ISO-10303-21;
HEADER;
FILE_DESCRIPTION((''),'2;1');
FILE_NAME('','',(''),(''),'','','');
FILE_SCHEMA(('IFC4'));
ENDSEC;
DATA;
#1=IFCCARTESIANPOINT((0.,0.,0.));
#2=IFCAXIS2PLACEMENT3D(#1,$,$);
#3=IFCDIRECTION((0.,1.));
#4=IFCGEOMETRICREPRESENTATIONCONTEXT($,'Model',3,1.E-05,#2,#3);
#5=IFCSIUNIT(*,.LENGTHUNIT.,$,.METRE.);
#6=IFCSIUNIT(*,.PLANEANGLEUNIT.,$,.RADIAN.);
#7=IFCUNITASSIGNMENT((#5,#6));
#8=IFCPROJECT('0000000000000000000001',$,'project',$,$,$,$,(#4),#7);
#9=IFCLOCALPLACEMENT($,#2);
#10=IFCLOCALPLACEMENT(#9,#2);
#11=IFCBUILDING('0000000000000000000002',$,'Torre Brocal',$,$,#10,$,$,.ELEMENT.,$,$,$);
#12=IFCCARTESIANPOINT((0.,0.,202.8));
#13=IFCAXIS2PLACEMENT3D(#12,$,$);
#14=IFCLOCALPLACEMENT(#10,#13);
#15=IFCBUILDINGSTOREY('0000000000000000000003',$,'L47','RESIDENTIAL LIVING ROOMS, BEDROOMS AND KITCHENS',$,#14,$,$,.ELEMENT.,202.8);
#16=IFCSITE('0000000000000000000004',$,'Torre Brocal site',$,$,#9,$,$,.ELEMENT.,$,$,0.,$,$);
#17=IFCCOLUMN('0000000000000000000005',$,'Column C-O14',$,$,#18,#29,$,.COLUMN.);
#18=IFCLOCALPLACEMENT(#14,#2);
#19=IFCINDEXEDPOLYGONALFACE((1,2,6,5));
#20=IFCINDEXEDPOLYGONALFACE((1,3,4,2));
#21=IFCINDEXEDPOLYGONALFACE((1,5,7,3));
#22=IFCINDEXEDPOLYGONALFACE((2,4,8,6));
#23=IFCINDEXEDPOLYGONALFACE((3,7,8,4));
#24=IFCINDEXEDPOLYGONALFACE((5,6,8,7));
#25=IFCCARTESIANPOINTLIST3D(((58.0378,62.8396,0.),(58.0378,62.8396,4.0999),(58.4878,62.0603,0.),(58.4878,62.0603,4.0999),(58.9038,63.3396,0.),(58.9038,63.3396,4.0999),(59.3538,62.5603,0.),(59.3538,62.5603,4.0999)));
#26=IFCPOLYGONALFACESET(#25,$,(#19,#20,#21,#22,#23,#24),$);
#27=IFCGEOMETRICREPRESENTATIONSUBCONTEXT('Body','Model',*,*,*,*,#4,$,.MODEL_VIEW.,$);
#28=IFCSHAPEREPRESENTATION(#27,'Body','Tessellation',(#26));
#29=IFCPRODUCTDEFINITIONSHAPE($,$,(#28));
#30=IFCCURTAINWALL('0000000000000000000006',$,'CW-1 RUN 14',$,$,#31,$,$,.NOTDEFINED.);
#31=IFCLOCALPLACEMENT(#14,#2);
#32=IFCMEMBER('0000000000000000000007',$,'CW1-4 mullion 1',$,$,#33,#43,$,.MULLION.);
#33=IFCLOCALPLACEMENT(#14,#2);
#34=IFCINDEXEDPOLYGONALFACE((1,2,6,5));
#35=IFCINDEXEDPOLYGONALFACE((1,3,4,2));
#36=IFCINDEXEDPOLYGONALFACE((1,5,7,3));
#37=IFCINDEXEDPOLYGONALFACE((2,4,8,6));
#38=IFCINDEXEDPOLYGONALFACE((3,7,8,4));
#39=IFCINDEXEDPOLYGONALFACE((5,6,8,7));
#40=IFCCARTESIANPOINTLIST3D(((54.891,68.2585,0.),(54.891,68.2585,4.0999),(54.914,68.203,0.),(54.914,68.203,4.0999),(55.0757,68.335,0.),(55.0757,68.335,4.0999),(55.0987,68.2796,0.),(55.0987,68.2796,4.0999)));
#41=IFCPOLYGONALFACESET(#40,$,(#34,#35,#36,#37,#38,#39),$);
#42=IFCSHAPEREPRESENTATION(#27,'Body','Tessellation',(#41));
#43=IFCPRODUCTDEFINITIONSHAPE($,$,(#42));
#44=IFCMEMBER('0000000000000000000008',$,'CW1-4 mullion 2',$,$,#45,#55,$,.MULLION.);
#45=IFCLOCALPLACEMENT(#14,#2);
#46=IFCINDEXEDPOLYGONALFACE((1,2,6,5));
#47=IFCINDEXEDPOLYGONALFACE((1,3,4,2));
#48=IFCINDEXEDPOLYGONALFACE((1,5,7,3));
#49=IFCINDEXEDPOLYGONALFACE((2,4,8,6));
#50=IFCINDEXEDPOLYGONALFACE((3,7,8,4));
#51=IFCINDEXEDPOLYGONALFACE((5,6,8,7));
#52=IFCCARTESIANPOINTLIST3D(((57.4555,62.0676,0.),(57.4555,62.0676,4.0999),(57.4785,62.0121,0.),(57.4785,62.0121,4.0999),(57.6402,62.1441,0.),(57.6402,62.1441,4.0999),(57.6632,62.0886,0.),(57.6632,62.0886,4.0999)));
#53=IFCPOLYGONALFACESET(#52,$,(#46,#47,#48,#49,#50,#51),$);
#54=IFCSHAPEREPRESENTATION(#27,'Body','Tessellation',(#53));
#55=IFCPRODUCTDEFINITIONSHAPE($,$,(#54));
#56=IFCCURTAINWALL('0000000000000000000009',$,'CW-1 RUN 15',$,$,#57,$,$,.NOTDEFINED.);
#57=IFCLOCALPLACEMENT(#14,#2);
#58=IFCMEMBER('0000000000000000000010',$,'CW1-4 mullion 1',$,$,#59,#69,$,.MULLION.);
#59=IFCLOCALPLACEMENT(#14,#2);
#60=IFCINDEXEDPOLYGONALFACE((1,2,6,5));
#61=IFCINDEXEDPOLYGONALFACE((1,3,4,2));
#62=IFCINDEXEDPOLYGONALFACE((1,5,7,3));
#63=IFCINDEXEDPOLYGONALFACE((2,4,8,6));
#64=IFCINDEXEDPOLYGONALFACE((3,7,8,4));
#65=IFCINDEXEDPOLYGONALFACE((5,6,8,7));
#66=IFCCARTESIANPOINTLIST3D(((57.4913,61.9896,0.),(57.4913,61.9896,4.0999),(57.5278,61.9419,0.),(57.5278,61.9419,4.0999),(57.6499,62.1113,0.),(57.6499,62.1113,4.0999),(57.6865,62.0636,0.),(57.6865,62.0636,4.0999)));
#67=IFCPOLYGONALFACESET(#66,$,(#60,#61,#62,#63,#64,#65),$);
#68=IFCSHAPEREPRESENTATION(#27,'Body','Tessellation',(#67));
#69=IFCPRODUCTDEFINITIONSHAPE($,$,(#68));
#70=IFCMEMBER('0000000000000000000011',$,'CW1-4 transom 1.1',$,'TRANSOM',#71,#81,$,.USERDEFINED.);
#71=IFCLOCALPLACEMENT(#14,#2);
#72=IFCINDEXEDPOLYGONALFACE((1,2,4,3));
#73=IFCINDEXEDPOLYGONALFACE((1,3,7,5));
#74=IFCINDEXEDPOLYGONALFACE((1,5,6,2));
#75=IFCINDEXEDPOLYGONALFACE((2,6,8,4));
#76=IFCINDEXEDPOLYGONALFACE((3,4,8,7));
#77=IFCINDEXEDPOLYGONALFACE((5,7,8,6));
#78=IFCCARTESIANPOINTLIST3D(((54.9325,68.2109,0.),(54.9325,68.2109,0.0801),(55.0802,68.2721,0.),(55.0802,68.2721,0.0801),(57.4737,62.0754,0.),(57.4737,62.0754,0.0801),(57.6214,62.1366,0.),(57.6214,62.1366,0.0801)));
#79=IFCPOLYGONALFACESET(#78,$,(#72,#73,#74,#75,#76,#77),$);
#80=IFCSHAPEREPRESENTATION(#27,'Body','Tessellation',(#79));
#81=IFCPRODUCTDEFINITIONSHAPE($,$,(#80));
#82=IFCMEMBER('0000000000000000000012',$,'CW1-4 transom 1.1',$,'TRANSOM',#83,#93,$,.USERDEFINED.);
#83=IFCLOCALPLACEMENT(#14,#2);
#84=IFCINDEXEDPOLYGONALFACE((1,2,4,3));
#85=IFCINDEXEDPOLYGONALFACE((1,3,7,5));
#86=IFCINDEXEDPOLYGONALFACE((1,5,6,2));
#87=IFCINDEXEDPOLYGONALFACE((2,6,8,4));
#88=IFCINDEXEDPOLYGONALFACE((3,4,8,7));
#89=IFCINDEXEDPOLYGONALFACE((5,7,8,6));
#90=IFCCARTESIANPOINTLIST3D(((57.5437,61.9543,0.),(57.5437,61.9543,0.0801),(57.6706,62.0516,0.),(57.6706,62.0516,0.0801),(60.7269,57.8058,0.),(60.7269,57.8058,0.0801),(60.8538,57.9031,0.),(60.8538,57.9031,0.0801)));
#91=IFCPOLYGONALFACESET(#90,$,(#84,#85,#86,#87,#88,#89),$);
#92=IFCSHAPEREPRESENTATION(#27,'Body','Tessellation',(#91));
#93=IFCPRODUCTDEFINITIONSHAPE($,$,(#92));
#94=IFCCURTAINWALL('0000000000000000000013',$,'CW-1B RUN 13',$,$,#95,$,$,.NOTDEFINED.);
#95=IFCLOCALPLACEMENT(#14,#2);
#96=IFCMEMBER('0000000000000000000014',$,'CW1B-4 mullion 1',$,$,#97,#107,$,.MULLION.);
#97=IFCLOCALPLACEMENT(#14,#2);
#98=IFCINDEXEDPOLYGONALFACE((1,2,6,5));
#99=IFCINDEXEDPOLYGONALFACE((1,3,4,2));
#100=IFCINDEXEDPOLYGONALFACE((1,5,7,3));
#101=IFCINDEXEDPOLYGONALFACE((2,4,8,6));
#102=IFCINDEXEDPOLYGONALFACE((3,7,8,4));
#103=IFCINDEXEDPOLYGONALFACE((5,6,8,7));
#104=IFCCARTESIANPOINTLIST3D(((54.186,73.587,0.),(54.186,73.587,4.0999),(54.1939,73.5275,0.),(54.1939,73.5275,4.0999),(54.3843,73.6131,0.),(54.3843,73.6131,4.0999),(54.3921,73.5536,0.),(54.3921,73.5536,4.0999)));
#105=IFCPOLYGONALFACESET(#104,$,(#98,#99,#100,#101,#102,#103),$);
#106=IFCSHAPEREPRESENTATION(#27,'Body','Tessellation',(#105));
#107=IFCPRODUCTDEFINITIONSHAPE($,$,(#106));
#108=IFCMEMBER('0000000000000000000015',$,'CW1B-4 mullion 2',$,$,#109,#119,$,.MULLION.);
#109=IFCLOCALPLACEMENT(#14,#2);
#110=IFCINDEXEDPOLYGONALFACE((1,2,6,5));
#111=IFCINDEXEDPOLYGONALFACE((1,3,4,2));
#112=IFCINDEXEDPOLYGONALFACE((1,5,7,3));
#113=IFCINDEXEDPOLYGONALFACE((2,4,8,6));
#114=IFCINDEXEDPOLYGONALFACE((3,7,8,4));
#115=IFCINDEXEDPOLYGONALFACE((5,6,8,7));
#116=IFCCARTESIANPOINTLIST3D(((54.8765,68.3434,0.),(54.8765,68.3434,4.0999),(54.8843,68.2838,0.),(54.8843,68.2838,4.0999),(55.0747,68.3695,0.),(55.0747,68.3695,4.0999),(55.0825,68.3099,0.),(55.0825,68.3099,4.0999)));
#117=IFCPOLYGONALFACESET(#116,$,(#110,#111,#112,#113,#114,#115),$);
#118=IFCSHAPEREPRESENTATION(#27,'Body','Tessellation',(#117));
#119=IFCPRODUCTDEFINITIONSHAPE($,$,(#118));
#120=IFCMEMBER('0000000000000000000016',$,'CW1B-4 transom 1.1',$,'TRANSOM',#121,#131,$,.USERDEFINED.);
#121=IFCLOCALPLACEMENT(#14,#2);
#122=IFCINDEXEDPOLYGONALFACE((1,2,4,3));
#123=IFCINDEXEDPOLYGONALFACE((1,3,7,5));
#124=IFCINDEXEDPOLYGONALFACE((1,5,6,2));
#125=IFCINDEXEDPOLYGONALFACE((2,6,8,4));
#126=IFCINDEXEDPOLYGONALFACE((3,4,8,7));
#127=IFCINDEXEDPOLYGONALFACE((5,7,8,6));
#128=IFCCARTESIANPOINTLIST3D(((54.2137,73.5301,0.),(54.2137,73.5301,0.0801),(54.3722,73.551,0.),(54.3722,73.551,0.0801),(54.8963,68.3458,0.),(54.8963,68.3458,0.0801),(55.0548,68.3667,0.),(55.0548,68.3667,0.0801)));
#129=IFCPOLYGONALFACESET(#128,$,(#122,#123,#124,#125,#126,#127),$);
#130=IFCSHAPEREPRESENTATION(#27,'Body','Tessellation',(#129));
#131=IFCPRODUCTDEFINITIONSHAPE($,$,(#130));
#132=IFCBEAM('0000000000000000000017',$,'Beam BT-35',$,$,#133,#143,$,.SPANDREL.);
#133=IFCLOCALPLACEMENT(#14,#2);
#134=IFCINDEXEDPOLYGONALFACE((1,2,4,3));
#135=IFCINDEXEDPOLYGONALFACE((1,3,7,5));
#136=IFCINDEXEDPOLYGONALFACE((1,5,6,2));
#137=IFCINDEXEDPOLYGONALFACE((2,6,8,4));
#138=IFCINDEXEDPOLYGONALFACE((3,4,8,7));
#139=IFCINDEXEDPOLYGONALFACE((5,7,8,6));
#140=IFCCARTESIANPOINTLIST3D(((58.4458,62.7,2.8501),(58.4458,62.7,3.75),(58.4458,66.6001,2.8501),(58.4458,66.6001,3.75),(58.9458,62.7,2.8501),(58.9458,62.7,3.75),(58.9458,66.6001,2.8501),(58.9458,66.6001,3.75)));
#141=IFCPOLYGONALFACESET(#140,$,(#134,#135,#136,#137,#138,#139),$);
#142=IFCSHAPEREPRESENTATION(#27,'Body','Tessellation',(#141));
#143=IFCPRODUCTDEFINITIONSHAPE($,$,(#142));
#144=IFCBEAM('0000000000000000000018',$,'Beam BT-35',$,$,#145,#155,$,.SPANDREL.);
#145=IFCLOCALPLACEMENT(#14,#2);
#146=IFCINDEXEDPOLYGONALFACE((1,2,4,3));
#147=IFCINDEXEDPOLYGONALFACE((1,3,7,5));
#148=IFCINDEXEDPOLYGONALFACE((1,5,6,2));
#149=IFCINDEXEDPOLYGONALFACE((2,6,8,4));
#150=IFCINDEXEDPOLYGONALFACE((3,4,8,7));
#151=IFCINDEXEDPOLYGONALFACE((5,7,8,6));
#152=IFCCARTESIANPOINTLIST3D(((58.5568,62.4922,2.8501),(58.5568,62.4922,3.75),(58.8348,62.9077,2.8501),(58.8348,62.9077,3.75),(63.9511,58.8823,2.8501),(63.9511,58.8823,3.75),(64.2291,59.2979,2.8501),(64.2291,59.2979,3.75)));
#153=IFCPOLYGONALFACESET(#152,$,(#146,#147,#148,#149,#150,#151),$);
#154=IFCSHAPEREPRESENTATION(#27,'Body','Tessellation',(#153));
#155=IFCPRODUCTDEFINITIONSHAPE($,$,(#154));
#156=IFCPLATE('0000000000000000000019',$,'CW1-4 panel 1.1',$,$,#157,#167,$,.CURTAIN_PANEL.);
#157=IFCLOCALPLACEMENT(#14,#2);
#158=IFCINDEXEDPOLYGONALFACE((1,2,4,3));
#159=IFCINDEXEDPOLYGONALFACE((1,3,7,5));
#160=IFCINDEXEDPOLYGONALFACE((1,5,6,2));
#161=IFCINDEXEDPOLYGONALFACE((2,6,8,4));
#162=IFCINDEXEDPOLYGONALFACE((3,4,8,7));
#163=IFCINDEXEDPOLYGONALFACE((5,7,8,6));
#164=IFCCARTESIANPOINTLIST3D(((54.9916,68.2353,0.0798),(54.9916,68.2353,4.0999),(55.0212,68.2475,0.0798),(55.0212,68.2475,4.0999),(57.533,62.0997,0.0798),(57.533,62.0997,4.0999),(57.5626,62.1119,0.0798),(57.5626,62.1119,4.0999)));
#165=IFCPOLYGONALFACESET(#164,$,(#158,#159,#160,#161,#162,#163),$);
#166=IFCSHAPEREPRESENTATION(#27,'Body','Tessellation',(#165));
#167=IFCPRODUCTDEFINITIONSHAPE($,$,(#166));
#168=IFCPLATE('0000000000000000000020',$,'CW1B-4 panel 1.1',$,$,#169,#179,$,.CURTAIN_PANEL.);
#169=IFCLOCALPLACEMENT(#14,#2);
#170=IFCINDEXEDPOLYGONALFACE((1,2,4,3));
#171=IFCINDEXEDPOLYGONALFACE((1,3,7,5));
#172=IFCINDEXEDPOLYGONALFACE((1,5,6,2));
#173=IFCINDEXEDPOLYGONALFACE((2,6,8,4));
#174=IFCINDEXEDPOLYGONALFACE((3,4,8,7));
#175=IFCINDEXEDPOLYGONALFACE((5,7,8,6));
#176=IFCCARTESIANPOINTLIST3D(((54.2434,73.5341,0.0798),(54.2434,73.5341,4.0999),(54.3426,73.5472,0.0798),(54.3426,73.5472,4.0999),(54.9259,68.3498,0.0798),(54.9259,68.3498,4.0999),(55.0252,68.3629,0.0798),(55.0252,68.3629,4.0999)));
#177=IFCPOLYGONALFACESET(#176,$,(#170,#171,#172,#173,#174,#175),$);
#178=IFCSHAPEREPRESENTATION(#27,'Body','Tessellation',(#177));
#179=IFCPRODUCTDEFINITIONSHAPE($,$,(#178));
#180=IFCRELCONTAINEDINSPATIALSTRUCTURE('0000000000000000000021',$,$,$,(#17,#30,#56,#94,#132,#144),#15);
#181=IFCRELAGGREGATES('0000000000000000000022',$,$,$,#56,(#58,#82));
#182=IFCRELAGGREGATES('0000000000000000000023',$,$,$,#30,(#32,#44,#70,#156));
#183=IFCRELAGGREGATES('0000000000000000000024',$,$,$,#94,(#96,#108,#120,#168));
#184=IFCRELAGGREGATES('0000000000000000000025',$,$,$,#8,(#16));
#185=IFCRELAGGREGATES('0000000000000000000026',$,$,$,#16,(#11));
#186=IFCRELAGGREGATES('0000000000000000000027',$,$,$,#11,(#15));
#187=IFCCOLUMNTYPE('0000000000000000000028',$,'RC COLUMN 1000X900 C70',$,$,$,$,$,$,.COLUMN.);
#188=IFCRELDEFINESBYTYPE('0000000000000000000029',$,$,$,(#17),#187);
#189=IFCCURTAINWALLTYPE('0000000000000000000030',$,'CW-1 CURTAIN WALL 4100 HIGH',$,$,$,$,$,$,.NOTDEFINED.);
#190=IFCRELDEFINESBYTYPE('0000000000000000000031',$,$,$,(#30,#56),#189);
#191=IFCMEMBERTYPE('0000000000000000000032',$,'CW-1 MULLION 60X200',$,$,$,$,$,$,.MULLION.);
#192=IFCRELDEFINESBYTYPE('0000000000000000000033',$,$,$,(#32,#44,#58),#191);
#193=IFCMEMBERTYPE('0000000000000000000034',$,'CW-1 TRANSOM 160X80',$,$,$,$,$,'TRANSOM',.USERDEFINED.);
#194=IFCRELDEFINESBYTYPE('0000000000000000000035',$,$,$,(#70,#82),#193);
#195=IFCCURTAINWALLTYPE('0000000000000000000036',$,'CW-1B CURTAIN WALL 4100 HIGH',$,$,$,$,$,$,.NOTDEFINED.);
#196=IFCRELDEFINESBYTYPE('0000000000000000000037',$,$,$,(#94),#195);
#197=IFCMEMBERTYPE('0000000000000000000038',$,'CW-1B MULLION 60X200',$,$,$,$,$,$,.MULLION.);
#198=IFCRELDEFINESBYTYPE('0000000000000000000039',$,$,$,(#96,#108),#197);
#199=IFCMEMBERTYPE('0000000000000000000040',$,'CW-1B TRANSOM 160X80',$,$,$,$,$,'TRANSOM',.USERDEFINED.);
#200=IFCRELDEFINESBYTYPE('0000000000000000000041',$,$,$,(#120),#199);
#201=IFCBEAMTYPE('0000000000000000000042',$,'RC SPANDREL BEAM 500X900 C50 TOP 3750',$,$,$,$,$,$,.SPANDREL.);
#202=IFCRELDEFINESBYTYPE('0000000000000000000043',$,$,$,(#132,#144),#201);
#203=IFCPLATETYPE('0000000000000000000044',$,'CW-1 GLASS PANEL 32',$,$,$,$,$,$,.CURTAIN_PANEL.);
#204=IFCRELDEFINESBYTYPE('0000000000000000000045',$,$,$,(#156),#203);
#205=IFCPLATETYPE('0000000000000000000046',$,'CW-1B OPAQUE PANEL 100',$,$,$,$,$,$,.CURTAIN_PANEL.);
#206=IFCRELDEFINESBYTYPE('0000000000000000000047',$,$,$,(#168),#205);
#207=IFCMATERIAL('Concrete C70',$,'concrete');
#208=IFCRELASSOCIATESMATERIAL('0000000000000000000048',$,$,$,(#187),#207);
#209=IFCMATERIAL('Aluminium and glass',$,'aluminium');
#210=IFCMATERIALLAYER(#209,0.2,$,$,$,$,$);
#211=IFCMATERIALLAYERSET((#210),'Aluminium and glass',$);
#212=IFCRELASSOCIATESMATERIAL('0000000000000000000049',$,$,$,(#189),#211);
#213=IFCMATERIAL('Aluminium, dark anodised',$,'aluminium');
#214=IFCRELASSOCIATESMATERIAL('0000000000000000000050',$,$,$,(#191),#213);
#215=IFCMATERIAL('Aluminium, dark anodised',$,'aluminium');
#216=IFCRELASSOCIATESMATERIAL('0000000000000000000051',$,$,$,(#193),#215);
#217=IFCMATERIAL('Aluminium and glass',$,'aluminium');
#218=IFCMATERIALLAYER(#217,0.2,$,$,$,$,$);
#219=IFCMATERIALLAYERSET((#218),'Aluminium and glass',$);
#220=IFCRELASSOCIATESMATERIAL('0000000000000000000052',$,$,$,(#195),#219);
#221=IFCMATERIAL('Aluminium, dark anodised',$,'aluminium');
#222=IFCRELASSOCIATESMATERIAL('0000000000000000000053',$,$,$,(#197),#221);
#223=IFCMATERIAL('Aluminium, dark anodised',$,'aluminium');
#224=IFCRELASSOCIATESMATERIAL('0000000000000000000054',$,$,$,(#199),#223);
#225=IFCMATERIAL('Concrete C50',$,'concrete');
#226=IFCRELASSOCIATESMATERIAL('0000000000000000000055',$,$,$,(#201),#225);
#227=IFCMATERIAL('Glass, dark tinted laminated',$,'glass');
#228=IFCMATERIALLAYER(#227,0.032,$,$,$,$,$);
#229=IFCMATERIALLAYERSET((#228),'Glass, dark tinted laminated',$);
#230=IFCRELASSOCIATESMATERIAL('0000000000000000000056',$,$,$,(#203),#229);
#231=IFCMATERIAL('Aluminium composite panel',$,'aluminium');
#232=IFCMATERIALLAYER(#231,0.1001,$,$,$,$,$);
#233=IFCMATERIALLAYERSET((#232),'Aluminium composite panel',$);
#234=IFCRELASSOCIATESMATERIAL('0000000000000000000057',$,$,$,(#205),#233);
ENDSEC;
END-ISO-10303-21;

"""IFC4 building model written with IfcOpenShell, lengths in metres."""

from ifc_helpers import new_model, si_unit, direction, frame, origin, origin_2d, place, context, subcontext, project, spatial, rectangle, extrude, material, layer, layer_set, material_profile, profile_set, type_object, element, aggregate, save


model = new_model("IFC4")

# Units and contexts
model_context = context("Model", 3, precision=1e-05, world=origin(), true_north=direction((0.0, 1.0)))
body_context = subcontext(model_context, "Body", "Model", "MODEL_VIEW")
ifc_project = project(units=[si_unit("LENGTHUNIT", "METRE"), si_unit("PLANEANGLEUNIT", "RADIAN")], contexts=[model_context])

# Site, building, storey
site_placement = place(None, origin())
site = spatial("IfcSite", under=ifc_project, at=site_placement, Name="Torre Brocal site", CompositionType="ELEMENT", RefElevation=0.0)
building_placement = place(site_placement, origin())
building = spatial("IfcBuilding", under=site, at=building_placement, Name="Torre Brocal", CompositionType="ELEMENT")
storey_placement = place(building_placement, frame((0.0, 0.0, 202.8)))
storey = spatial("IfcBuildingStorey", under=building, at=storey_placement, Name="L47", Description="RESIDENTIAL LIVING ROOMS, BEDROOMS AND KITCHENS", CompositionType="ELEMENT", Elevation=202.8)

# Column
ifc_material_1 = material(Name="Concrete C70", Category="concrete")
ifc_material_profile_1 = material_profile(ifc_material_1, rectangle(XDim=1.0, YDim=0.8999, at=origin_2d()), Name="RC 1000X900")
ifc_profile_set_1 = profile_set([ifc_material_profile_1], Name="Concrete C70")
column_type = type_object("IfcColumnType", Name="RC COLUMN 1000X900 C70", PredefinedType="COLUMN", material=ifc_profile_set_1)
column_placement = place(storey_placement, frame((58.6958, 62.7, 0.0), z_axis=(0.0, 0.0, 1.0), x_axis=(-0.866025, -0.5, 0.0)))
element("IfcColumn", 1, at=column_placement, inside=storey, type_object=column_type, Name="Column C-O14", PredefinedType="COLUMN", context=body_context, shape_type="SweptSolid", body=[
    extrude(rectangle(XDim=1.0, YDim=0.8999, at=origin_2d()), origin(), (0.0, 0.0, 1.0), 4.0999),
])

# Curtain wall, members
ifc_material_2 = material(Name="Aluminium and glass", Category="aluminium")
ifc_layer_1 = layer(ifc_material_2, 0.2)
ifc_layer_set_1 = layer_set([ifc_layer_1], Name="Aluminium and glass")
curtain_wall_type_1 = type_object("IfcCurtainWallType", Name="CW-1 CURTAIN WALL 4100 HIGH", PredefinedType="NOTDEFINED", material=ifc_layer_set_1)
curtain_wall_1_placement = place(storey_placement, origin())
curtain_wall_1 = element("IfcCurtainWall", 2, at=curtain_wall_1_placement, inside=storey, type_object=curtain_wall_type_1, Name="CW-1 RUN 14", PredefinedType="NOTDEFINED")
ifc_material_3 = material(Name="Aluminium, dark anodised", Category="aluminium")
ifc_material_profile_2 = material_profile(ifc_material_3, rectangle(XDim=0.2, YDim=0.0601, at=origin_2d()), Name="CW-1 MULLION 60X200")
ifc_profile_set_2 = profile_set([ifc_material_profile_2], Name="Aluminium, dark anodised")
member_type_1 = type_object("IfcMemberType", Name="CW-1 MULLION 60X200", PredefinedType="MULLION", material=ifc_profile_set_2)
member_1_placement = place(storey_placement, frame((54.9949, 68.269, 0.0), z_axis=(0.0, 0.0, 1.0), x_axis=(0.92388, 0.382683, 0.0)))
member_1 = element("IfcMember", 3, at=member_1_placement, type_object=member_type_1, Name="CW1-4 mullion 1", PredefinedType="MULLION", context=body_context, shape_type="SweptSolid", body=[
    extrude(rectangle(XDim=0.2, YDim=0.0601, at=origin_2d()), origin(), (0.0, 0.0, 1.0), 4.0999),
])
member_2_placement = place(storey_placement, frame((57.5593, 62.0781, 0.0), z_axis=(0.0, 0.0, 1.0), x_axis=(0.92388, 0.382683, 0.0)))
member_2 = element("IfcMember", 4, at=member_2_placement, type_object=member_type_1, Name="CW1-4 mullion 2", PredefinedType="MULLION", context=body_context, shape_type="SweptSolid", body=[
    extrude(rectangle(XDim=0.2, YDim=0.0601, at=origin_2d()), origin(), (0.0, 0.0, 1.0), 4.0999),
])

# Curtain wall, member
curtain_wall_2_placement = place(storey_placement, origin())
curtain_wall_2 = element("IfcCurtainWall", 5, at=curtain_wall_2_placement, inside=storey, type_object=curtain_wall_type_1, Name="CW-1 RUN 15", PredefinedType="NOTDEFINED")
member_3_placement = place(storey_placement, frame((57.5889, 62.0266, 0.0), z_axis=(0.0, 0.0, 1.0), x_axis=(0.793353, 0.608761, 0.0)))
member_3 = element("IfcMember", 6, at=member_3_placement, type_object=member_type_1, Name="CW1-4 mullion 1", PredefinedType="MULLION", context=body_context, shape_type="SweptSolid", body=[
    extrude(rectangle(XDim=0.2, YDim=0.0601, at=origin_2d()), origin(), (0.0, 0.0, 1.0), 4.0999),
])

# Members
ifc_material_4 = material(Name="Aluminium, dark anodised", Category="aluminium")
ifc_material_profile_3 = material_profile(ifc_material_4, rectangle(XDim=0.1599, YDim=0.0801, at=origin_2d()), Name="CW-1 TRANSOM 160X80")
ifc_profile_set_3 = profile_set([ifc_material_profile_3], Name="Aluminium, dark anodised")
member_type_2 = type_object("IfcMemberType", Name="CW-1 TRANSOM 160X80", ElementType="TRANSOM", PredefinedType="USERDEFINED", material=ifc_profile_set_3)
member_4_placement = place(storey_placement, frame((55.0063, 68.2415, 0.04), z_axis=(0.382665, -0.923887, 0.0), x_axis=(0.923887, 0.382665, 0.0)))
member_4 = element("IfcMember", 7, at=member_4_placement, type_object=member_type_2, Name="CW1-4 transom 1.1", ObjectType="TRANSOM", PredefinedType="USERDEFINED", context=body_context, shape_type="SweptSolid", body=[
    extrude(rectangle(XDim=0.1599, YDim=0.0801, at=origin_2d()), origin(), (0.0, 0.0, 1.0), 6.6409),
])
member_5_placement = place(storey_placement, frame((57.6072, 62.0029, 0.04), z_axis=(0.608749, -0.793363, 0.0), x_axis=(0.793363, 0.608749, 0.0)))
member_5 = element("IfcMember", 8, at=member_5_placement, type_object=member_type_2, Name="CW1-4 transom 1.1", ObjectType="TRANSOM", PredefinedType="USERDEFINED", context=body_context, shape_type="SweptSolid", body=[
    extrude(rectangle(XDim=0.1599, YDim=0.0801, at=origin_2d()), origin(), (0.0, 0.0, 1.0), 5.229),
])
aggregate(curtain_wall_2, [member_3, member_5])

# Curtain wall, members
ifc_material_5 = material(Name="Aluminium and glass", Category="aluminium")
ifc_layer_2 = layer(ifc_material_5, 0.2)
ifc_layer_set_2 = layer_set([ifc_layer_2], Name="Aluminium and glass")
curtain_wall_type_2 = type_object("IfcCurtainWallType", Name="CW-1B CURTAIN WALL 4100 HIGH", PredefinedType="NOTDEFINED", material=ifc_layer_set_2)
curtain_wall_3_placement = place(storey_placement, origin())
curtain_wall_3 = element("IfcCurtainWall", 9, at=curtain_wall_3_placement, inside=storey, type_object=curtain_wall_type_2, Name="CW-1B RUN 13", PredefinedType="NOTDEFINED")
ifc_material_6 = material(Name="Aluminium, dark anodised", Category="aluminium")
ifc_material_profile_4 = material_profile(ifc_material_6, rectangle(XDim=0.2, YDim=0.0601, at=origin_2d()), Name="CW-1B MULLION 60X200")
ifc_profile_set_4 = profile_set([ifc_material_profile_4], Name="Aluminium, dark anodised")
member_type_3 = type_object("IfcMemberType", Name="CW-1B MULLION 60X200", PredefinedType="MULLION", material=ifc_profile_set_4)
member_6_placement = place(storey_placement, frame((54.2891, 73.5703, 0.0), z_axis=(0.0, 0.0, 1.0), x_axis=(0.991445, 0.130526, 0.0)))
member_6 = element("IfcMember", 10, at=member_6_placement, type_object=member_type_3, Name="CW1B-4 mullion 1", PredefinedType="MULLION", context=body_context, shape_type="SweptSolid", body=[
    extrude(rectangle(XDim=0.2, YDim=0.0601, at=origin_2d()), origin(), (0.0, 0.0, 1.0), 4.0999),
])
member_7_placement = place(storey_placement, frame((54.9795, 68.3267, 0.0), z_axis=(0.0, 0.0, 1.0), x_axis=(0.991445, 0.130526, 0.0)))
member_7 = element("IfcMember", 11, at=member_7_placement, type_object=member_type_3, Name="CW1B-4 mullion 2", PredefinedType="MULLION", context=body_context, shape_type="SweptSolid", body=[
    extrude(rectangle(XDim=0.2, YDim=0.0601, at=origin_2d()), origin(), (0.0, 0.0, 1.0), 4.0999),
])
ifc_material_7 = material(Name="Aluminium, dark anodised", Category="aluminium")
ifc_material_profile_5 = material_profile(ifc_material_7, rectangle(XDim=0.1599, YDim=0.0801, at=origin_2d()), Name="CW-1B TRANSOM 160X80")
ifc_profile_set_5 = profile_set([ifc_material_profile_5], Name="Aluminium, dark anodised")
member_type_4 = type_object("IfcMemberType", Name="CW-1B TRANSOM 160X80", ElementType="TRANSOM", PredefinedType="USERDEFINED", material=ifc_profile_set_5)
member_8_placement = place(storey_placement, frame((54.293, 73.5405, 0.04), z_axis=(0.130543, -0.991443, 0.0), x_axis=(0.991443, 0.130543, 0.0)))
member_8 = element("IfcMember", 12, at=member_8_placement, type_object=member_type_4, Name="CW1B-4 transom 1.1", ObjectType="TRANSOM", PredefinedType="USERDEFINED", context=body_context, shape_type="SweptSolid", body=[
    extrude(rectangle(XDim=0.1599, YDim=0.0801, at=origin_2d()), origin(), (0.0, 0.0, 1.0), 5.229),
])

# Beams
ifc_material_8 = material(Name="Concrete C50", Category="concrete")
ifc_material_profile_6 = material_profile(ifc_material_8, rectangle(XDim=0.5, YDim=0.8999, at=origin_2d()), Name="RC 500X900")
ifc_profile_set_6 = profile_set([ifc_material_profile_6], Name="Concrete C50")
beam_type = type_object("IfcBeamType", Name="RC SPANDREL BEAM 500X900 C50 TOP 3750", PredefinedType="SPANDREL", material=ifc_profile_set_6)
beam_1_placement = place(storey_placement, frame((58.6958, 62.7, 3.3), z_axis=(0.0, 1.0, 0.0), x_axis=(-1.0, 0.0, 0.0)))
element("IfcBeam", 13, at=beam_1_placement, inside=storey, type_object=beam_type, Name="Beam BT-35", PredefinedType="SPANDREL", context=body_context, shape_type="SweptSolid", body=[
    extrude(rectangle(XDim=0.5, YDim=0.8999, at=origin_2d()), origin(), (0.0, 0.0, 1.0), 3.9001),
])
beam_2_placement = place(storey_placement, frame((58.6958, 62.7, 3.3), z_axis=(0.831077, -0.556158, 0.0), x_axis=(0.556158, 0.831077, 0.0)))
element("IfcBeam", 14, at=beam_2_placement, inside=storey, type_object=beam_type, Name="Beam BT-35", PredefinedType="SPANDREL", context=body_context, shape_type="SweptSolid", body=[
    extrude(rectangle(XDim=0.5, YDim=0.8999, at=origin_2d()), origin(), (0.0, 0.0, 1.0), 6.4907),
])

# Plates
ifc_material_9 = material(Name="Glass, dark tinted laminated", Category="glass")
ifc_layer_3 = layer(ifc_material_9, 0.032)
ifc_layer_set_3 = layer_set([ifc_layer_3], Name="Glass, dark tinted laminated")
plate_type_1 = type_object("IfcPlateType", Name="CW-1 GLASS PANEL 32", PredefinedType="CURTAIN_PANEL", material=ifc_layer_set_3)
plate_1_placement = place(storey_placement, frame((56.2771, 65.1736, 0.0798), z_axis=(0.0, 0.0, 1.0), x_axis=(0.382683, -0.92388, 0.0)))
plate_1 = element("IfcPlate", 15, at=plate_1_placement, type_object=plate_type_1, Name="CW1-4 panel 1.1", PredefinedType="CURTAIN_PANEL", context=body_context, shape_type="SweptSolid", body=[
    extrude(rectangle(XDim=6.6411, YDim=0.032, at=origin_2d()), origin(), (0.0, 0.0, 1.0), 4.02),
])
aggregate(curtain_wall_1, [member_1, member_2, member_4, plate_1])
ifc_material_10 = material(Name="Aluminium composite panel", Category="aluminium")
ifc_layer_4 = layer(ifc_material_10, 0.1001)
ifc_layer_set_4 = layer_set([ifc_layer_4], Name="Aluminium composite panel")
plate_type_2 = type_object("IfcPlateType", Name="CW-1B OPAQUE PANEL 100", PredefinedType="CURTAIN_PANEL", material=ifc_layer_set_4)
plate_2_placement = place(storey_placement, frame((54.6343, 70.9485, 0.0798), z_axis=(0.0, 0.0, 1.0), x_axis=(0.130526, -0.991445, 0.0)))
plate_2 = element("IfcPlate", 16, at=plate_2_placement, type_object=plate_type_2, Name="CW1B-4 panel 1.1", PredefinedType="CURTAIN_PANEL", context=body_context, shape_type="SweptSolid", body=[
    extrude(rectangle(XDim=5.229, YDim=0.1001, at=origin_2d()), origin(), (0.0, 0.0, 1.0), 4.02),
])
aggregate(curtain_wall_3, [member_6, member_7, member_8, plate_2])

save(model, "model.ifc")
